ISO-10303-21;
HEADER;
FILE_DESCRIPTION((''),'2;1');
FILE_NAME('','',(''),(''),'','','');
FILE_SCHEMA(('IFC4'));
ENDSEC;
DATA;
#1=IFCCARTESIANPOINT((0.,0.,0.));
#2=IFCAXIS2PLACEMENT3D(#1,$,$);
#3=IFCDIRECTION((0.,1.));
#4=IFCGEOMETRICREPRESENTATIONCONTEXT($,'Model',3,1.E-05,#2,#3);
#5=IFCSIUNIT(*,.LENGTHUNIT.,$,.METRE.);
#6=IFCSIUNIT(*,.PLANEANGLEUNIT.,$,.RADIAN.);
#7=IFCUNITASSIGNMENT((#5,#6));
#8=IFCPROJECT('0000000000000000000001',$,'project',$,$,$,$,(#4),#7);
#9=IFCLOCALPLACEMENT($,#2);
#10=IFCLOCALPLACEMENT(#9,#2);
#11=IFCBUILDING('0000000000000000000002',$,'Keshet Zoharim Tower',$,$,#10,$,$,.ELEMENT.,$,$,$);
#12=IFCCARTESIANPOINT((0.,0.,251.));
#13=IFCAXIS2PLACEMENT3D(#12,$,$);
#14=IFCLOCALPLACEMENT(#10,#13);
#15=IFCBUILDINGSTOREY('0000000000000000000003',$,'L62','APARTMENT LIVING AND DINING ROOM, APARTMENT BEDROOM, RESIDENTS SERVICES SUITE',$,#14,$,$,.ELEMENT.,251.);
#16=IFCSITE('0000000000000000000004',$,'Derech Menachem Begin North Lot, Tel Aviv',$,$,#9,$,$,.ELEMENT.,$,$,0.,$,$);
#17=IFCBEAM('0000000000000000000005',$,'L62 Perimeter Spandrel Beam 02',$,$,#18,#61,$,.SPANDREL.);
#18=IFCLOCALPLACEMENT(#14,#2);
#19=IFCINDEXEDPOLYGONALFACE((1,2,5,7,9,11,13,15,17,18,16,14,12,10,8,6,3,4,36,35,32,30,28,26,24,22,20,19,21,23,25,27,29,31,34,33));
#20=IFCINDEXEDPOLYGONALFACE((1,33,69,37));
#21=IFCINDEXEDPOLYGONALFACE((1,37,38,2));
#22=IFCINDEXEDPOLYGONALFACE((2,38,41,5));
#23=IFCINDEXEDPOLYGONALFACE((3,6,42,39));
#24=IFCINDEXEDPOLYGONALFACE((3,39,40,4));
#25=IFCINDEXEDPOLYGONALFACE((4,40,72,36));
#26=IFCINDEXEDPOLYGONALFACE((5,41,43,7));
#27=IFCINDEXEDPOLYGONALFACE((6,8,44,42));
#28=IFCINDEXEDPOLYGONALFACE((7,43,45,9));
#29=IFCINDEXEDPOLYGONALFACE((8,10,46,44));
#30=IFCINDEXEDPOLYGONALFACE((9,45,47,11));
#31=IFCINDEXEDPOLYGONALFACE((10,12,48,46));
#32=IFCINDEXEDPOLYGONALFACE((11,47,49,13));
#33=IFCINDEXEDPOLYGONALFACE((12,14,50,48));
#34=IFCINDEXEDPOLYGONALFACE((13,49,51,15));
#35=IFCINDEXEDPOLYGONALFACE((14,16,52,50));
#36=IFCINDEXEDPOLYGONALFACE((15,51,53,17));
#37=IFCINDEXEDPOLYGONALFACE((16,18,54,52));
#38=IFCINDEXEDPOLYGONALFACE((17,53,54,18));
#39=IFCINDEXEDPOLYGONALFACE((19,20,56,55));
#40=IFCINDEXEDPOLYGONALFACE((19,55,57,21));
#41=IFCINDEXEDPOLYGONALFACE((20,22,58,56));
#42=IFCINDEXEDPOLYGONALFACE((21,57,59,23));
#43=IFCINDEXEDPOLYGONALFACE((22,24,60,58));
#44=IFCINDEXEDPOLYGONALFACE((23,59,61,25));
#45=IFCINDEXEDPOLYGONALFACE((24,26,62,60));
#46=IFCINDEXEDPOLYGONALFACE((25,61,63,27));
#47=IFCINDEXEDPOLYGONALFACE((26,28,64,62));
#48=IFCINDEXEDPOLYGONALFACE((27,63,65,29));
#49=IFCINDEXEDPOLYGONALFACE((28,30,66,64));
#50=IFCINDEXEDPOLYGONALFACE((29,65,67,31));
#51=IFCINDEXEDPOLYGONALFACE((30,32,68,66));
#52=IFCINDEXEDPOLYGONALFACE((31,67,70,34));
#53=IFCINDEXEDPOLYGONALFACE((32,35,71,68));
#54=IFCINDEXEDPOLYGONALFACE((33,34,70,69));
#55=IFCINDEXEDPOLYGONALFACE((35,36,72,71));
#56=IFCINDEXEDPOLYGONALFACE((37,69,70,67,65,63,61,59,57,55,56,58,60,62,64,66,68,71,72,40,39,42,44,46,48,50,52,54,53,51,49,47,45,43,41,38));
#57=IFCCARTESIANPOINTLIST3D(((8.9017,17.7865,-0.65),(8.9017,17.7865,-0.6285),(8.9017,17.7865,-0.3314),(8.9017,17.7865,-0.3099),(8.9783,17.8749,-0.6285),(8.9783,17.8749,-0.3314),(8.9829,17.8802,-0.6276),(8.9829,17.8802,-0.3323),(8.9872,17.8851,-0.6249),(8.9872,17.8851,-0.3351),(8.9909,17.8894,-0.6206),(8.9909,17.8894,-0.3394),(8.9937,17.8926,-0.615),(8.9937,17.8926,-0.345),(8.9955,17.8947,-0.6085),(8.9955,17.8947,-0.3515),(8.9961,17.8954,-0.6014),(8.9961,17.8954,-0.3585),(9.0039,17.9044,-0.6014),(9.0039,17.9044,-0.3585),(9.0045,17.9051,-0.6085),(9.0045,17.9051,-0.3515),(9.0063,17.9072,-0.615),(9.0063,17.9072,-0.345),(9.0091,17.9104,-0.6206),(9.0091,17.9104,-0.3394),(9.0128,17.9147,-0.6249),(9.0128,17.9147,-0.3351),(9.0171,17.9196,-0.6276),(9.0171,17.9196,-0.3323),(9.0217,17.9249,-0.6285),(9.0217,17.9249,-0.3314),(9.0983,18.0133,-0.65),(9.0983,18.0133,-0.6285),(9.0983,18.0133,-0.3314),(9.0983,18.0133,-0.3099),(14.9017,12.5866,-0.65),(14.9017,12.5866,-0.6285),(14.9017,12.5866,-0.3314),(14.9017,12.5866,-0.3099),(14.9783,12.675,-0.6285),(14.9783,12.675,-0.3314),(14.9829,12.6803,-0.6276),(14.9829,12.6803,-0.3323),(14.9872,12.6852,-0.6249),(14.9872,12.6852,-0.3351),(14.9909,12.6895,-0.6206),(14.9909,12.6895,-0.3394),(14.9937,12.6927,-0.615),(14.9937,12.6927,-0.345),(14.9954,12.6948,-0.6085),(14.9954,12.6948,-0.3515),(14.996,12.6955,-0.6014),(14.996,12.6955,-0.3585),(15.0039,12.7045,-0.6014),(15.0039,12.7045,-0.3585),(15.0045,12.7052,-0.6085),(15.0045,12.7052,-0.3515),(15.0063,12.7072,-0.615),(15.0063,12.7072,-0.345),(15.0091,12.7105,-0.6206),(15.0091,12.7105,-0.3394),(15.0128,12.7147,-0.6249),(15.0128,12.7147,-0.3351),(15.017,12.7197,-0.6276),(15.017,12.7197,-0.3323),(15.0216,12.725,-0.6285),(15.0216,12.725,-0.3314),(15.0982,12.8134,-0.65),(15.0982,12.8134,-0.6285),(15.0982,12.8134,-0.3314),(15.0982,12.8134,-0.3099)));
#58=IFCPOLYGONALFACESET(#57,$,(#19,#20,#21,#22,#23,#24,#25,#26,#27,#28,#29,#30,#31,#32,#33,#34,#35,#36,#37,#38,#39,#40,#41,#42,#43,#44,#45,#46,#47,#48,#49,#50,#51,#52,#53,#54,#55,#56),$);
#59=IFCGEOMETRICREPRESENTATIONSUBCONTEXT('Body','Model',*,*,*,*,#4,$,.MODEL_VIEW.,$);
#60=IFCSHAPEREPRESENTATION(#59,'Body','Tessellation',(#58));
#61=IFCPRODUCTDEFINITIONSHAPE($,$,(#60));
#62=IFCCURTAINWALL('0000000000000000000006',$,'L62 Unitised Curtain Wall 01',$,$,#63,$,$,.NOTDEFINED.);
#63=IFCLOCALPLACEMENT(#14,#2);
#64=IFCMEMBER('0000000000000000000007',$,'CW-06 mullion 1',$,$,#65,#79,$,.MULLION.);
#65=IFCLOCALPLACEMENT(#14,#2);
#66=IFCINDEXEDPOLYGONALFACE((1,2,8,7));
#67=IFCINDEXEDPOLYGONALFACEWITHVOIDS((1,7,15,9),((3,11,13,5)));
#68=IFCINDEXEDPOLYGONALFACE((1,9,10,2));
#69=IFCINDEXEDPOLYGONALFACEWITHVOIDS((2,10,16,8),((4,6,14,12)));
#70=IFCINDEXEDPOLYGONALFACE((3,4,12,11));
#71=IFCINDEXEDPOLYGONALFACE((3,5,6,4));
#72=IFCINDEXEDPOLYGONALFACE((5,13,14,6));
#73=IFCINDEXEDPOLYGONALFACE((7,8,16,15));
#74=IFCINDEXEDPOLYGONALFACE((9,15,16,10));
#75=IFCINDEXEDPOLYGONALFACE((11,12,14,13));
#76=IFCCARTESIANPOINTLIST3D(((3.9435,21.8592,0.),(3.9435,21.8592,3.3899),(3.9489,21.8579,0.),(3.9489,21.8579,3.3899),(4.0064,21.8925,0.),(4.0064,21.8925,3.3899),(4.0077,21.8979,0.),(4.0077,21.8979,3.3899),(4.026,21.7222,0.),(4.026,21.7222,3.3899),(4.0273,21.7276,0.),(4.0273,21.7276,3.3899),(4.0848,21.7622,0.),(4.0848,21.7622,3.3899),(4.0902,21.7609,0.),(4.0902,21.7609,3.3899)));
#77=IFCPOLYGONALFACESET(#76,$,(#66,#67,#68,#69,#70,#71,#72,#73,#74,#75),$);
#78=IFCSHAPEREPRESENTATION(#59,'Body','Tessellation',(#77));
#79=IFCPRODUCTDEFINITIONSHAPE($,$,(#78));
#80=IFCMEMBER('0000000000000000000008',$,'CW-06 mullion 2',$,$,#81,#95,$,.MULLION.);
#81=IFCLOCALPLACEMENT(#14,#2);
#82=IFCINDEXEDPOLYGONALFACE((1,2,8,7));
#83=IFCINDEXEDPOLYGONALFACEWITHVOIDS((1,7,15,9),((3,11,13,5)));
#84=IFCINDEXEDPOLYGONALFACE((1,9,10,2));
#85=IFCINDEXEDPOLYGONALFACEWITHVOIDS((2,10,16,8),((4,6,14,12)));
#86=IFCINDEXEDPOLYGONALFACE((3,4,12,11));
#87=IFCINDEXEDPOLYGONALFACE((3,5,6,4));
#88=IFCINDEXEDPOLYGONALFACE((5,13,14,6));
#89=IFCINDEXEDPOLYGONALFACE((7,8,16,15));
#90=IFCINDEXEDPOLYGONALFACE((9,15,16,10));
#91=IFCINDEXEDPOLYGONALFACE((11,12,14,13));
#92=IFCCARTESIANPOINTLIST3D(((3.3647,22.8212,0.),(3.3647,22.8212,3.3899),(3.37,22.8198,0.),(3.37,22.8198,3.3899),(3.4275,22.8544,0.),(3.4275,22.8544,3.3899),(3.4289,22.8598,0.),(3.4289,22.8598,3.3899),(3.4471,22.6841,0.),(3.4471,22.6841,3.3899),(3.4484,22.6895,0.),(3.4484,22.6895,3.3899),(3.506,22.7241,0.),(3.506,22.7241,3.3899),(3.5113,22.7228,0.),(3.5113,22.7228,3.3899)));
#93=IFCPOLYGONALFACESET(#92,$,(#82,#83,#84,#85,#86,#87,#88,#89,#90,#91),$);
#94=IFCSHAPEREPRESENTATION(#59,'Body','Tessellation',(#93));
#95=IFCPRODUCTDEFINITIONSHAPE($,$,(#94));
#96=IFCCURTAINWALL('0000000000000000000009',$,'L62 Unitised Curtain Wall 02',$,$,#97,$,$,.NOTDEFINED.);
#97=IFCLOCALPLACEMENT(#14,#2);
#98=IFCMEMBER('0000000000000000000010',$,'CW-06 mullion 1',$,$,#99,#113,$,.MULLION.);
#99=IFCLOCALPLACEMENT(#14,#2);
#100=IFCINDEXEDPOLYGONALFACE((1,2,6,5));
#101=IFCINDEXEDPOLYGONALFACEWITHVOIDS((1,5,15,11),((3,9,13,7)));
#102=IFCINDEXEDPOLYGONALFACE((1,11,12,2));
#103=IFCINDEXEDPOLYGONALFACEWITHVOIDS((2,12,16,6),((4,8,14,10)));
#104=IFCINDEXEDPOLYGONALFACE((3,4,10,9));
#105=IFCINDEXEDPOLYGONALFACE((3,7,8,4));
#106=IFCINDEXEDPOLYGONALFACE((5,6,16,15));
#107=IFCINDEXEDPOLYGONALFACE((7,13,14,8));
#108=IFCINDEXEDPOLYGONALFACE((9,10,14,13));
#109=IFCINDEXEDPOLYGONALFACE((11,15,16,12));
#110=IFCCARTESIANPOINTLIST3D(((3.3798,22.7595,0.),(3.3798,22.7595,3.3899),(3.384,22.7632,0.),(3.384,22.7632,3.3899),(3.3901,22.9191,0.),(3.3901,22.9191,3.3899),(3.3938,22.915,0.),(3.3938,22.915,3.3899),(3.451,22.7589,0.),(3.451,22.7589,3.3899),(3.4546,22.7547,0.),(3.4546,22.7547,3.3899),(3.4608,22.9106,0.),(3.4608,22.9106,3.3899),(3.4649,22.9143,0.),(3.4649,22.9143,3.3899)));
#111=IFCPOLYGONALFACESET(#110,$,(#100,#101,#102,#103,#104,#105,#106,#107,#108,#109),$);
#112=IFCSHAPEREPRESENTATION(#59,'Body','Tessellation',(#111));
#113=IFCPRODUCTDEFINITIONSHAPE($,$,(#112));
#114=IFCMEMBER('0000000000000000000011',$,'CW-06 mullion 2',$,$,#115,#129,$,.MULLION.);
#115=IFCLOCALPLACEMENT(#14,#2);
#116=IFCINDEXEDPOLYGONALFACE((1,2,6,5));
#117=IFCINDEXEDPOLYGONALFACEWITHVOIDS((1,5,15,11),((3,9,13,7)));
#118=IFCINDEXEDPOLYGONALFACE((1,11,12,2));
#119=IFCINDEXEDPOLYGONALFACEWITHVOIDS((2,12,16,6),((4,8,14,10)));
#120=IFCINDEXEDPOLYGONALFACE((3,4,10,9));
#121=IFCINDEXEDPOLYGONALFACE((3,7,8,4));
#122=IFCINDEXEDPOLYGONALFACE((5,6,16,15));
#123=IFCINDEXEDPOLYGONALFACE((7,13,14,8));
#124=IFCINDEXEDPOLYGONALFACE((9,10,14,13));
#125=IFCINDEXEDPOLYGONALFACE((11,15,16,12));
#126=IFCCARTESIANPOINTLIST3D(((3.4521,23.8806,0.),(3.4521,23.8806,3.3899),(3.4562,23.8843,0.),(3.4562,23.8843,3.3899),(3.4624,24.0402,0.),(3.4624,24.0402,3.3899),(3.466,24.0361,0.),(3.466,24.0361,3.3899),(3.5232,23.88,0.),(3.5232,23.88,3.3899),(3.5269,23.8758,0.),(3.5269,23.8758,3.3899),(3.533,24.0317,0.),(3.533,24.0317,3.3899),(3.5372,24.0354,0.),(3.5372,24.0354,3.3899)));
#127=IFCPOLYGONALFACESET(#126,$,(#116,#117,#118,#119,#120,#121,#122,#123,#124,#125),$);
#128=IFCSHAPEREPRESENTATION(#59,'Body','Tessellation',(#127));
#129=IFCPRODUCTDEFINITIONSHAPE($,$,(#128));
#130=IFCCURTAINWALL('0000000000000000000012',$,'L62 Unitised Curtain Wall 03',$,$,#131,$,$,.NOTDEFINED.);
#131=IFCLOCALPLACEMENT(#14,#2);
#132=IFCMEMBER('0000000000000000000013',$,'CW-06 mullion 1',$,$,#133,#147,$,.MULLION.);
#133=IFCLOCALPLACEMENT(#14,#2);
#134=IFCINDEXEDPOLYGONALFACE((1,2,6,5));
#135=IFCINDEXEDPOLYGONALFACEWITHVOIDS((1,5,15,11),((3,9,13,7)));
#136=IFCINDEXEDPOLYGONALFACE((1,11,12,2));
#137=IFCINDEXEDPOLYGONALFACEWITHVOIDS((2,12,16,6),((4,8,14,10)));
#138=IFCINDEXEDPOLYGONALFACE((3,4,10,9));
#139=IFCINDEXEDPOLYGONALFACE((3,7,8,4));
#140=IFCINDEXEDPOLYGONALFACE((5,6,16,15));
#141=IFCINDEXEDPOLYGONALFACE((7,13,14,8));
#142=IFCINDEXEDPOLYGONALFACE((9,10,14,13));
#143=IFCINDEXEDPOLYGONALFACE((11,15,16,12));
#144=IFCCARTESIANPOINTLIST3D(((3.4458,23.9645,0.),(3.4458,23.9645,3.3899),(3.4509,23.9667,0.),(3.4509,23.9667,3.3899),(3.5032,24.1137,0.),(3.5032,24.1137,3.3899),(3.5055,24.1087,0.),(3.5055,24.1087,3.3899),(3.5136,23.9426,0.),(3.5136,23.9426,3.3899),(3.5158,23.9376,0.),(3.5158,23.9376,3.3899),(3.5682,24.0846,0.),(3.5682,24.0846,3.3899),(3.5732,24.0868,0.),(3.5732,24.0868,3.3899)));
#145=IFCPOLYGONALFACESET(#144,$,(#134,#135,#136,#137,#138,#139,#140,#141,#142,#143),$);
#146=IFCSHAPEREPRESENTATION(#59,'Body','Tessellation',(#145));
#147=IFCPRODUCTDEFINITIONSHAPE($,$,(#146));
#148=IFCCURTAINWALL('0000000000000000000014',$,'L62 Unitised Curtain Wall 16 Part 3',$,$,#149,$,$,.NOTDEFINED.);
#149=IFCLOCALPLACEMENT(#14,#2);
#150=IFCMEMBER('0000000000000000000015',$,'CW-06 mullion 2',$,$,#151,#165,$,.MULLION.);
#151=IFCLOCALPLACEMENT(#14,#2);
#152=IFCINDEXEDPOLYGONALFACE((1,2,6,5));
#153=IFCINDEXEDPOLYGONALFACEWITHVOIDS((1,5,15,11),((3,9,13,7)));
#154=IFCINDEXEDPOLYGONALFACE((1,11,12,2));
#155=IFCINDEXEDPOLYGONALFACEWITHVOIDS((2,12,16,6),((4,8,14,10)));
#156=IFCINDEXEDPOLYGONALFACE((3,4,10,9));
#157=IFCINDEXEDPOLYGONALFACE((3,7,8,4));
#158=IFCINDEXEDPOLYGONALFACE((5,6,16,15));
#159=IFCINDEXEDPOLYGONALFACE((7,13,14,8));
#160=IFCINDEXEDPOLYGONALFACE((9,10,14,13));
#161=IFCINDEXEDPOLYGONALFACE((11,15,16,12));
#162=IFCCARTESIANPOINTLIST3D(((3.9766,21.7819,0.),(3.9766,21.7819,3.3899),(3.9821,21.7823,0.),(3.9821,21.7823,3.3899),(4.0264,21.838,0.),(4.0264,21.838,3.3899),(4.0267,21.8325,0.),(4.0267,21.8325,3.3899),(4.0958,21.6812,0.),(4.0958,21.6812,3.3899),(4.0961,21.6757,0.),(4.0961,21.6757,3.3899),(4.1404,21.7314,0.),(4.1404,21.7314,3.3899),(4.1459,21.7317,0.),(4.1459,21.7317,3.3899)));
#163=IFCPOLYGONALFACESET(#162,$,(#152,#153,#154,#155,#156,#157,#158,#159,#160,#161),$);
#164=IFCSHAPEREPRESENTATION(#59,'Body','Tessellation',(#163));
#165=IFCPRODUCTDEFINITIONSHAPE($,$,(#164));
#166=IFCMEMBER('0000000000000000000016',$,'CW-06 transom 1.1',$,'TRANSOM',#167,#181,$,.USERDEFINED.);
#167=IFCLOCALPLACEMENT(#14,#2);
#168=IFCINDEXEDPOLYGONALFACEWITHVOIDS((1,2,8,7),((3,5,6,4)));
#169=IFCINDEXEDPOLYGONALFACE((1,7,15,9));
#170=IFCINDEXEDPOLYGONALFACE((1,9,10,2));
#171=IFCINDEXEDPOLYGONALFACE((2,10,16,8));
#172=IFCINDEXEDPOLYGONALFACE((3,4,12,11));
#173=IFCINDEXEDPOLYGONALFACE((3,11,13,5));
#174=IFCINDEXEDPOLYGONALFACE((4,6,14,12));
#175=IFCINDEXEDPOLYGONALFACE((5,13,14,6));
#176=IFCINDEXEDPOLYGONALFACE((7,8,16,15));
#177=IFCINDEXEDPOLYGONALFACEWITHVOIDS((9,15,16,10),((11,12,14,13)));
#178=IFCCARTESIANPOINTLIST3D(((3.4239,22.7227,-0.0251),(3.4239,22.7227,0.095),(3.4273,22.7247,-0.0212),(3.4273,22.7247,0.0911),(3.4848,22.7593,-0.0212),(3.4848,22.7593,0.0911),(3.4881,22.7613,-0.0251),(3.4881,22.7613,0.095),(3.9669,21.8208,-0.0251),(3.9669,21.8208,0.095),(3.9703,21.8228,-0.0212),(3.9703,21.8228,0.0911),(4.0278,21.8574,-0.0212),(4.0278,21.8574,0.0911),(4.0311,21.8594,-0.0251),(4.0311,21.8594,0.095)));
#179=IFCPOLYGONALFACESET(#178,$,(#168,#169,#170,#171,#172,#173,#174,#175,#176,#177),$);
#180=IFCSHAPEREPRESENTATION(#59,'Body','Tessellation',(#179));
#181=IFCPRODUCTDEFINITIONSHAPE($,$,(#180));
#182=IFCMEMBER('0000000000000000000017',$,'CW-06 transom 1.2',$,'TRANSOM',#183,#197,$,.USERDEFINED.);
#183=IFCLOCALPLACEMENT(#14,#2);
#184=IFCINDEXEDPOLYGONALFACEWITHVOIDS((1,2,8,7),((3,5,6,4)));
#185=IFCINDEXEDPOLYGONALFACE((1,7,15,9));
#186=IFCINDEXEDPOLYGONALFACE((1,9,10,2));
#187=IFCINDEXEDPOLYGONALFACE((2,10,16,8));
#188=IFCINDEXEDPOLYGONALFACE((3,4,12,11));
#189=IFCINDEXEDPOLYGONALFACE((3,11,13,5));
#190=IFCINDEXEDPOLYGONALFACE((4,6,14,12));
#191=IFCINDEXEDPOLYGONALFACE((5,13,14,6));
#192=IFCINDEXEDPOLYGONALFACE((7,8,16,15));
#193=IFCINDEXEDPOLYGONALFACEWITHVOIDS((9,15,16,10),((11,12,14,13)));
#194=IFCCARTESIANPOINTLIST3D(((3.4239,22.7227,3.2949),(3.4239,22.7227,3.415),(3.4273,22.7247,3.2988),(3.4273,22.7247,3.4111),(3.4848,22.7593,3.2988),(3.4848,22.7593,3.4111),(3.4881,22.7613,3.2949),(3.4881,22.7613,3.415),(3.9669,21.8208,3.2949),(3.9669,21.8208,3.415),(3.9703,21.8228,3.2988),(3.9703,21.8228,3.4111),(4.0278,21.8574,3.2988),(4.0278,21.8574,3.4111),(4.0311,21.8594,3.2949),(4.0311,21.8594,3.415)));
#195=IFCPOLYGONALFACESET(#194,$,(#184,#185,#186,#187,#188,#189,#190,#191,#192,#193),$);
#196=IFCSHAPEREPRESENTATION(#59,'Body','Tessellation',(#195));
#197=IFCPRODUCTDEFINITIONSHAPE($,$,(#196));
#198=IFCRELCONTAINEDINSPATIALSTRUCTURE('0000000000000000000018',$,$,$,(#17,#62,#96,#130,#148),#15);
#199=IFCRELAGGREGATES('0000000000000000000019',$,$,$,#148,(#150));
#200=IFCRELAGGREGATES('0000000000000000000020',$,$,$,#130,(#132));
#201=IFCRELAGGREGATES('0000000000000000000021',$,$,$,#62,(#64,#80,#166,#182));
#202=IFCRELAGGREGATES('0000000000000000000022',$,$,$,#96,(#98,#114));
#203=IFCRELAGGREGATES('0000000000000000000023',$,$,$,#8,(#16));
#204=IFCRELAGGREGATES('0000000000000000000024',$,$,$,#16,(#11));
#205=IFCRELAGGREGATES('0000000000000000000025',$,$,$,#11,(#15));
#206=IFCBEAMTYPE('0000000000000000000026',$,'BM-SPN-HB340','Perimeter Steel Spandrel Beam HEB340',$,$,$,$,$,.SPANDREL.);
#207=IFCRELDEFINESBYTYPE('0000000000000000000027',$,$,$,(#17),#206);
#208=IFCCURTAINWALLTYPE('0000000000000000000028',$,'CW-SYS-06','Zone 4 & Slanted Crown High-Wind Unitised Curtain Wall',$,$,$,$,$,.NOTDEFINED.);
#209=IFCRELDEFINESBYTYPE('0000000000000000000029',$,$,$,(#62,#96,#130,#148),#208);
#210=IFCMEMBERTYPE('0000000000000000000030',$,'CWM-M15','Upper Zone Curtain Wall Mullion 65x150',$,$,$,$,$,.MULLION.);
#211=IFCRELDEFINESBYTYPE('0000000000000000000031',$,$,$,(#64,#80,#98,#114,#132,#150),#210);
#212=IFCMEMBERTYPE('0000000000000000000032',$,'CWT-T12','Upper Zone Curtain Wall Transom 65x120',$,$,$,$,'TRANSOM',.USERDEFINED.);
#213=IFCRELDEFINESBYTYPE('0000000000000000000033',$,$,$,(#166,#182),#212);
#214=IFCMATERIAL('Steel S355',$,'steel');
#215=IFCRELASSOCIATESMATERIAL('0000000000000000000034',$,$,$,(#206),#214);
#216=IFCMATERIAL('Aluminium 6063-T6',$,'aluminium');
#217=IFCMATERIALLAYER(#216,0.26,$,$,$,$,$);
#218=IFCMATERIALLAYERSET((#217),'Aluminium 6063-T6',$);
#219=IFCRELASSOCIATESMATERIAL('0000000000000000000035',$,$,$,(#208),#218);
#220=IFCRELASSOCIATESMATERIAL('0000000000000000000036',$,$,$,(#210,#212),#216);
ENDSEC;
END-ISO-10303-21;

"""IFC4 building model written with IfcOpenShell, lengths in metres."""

from ifc_helpers import new_model, si_unit, direction, frame, origin, origin_2d, place, context, subcontext, project, spatial, hollow_rectangle, i_section, extrude, material, layer, layer_set, material_profile, profile_set, type_object, element, aggregate, save


model = new_model("IFC4")

# Units and contexts
model_context = context("Model", 3, precision=1e-05, world=origin(), true_north=direction((0.0, 1.0)))
body_context = subcontext(model_context, "Body", "Model", "MODEL_VIEW")
ifc_project = project(units=[si_unit("LENGTHUNIT", "METRE"), si_unit("PLANEANGLEUNIT", "RADIAN")], contexts=[model_context])

# Site, building, storey
site_placement = place(None, origin())
site = spatial("IfcSite", under=ifc_project, at=site_placement, Name="Derech Menachem Begin North Lot, Tel Aviv", CompositionType="ELEMENT", RefElevation=0.0)
building_placement = place(site_placement, origin())
building = spatial("IfcBuilding", under=site, at=building_placement, Name="Keshet Zoharim Tower", CompositionType="ELEMENT")
storey_placement = place(building_placement, frame((0.0, 0.0, 251.0)))
storey = spatial("IfcBuildingStorey", under=building, at=storey_placement, Name="L62", Description="APARTMENT LIVING AND DINING ROOM, APARTMENT BEDROOM, RESIDENTS SERVICES SUITE", CompositionType="ELEMENT", Elevation=251.0)

# Beam
ifc_material_1 = material(Name="Steel S355", Category="steel")
ifc_material_profile_1 = material_profile(ifc_material_1, i_section(OverallWidth=0.3, OverallDepth=0.3401, WebThickness=0.012, FlangeThickness=0.0215, FilletRadius=0.0271, at=origin_2d()), Name="HEB340")
ifc_profile_set_1 = profile_set([ifc_material_profile_1], Name="Steel S355")
beam_type = type_object("IfcBeamType", Name="BM-SPN-HB340", Description="Perimeter Steel Spandrel Beam HEB340", PredefinedType="SPANDREL", material=ifc_profile_set_1)
beam_placement = place(storey_placement, frame((9.0, 17.8999, -0.48), z_axis=(0.755692, -0.654927, 0.0), x_axis=(0.654927, 0.755692, 0.0)))
element("IfcBeam", 1, at=beam_placement, inside=storey, type_object=beam_type, Name="L62 Perimeter Spandrel Beam 02", PredefinedType="SPANDREL", context=body_context, shape_type="SweptSolid", body=[
    extrude(i_section(OverallWidth=0.3, OverallDepth=0.3401, WebThickness=0.012, FlangeThickness=0.0215, FilletRadius=0.0271, at=origin_2d()), origin(), (0.0, 0.0, 1.0), 7.9397),
])

# Curtain walls, members
ifc_material_2 = material(Name="Aluminium 6063-T6", Category="aluminium")
ifc_layer_1 = layer(ifc_material_2, 0.26)
ifc_layer_set_1 = layer_set([ifc_layer_1], Name="Aluminium 6063-T6")
curtain_wall_type = type_object("IfcCurtainWallType", Name="CW-SYS-06", Description="Zone 4 & Slanted Crown High-Wind Unitised Curtain Wall", PredefinedType="NOTDEFINED", material=ifc_layer_set_1)
curtain_wall_1_placement = place(storey_placement, origin())
curtain_wall_1 = element("IfcCurtainWall", 2, at=curtain_wall_1_placement, inside=storey, type_object=curtain_wall_type, Name="L62 Unitised Curtain Wall 01", PredefinedType="NOTDEFINED")
ifc_material_profile_2 = material_profile(ifc_material_2, hollow_rectangle(XDim=0.075, YDim=0.1599, WallThickness=0.0039, at=origin_2d()), Name="MUL-75x160")
ifc_profile_set_2 = profile_set([ifc_material_profile_2], Name="Aluminium 6063-T6")
member_type_1 = type_object("IfcMemberType", Name="CWM-M15", Description="Upper Zone Curtain Wall Mullion 65x150", PredefinedType="MULLION", material=ifc_profile_set_2)
member_1_placement = place(storey_placement, frame((4.0168, 21.8101, 0.0), z_axis=(0.0, 0.0, 1.0), x_axis=(-0.856826, -0.515605, 0.0)))
member_1 = element("IfcMember", 3, at=member_1_placement, type_object=member_type_1, Name="CW-06 mullion 1", PredefinedType="MULLION", context=body_context, shape_type="SweptSolid", body=[
    extrude(hollow_rectangle(XDim=0.075, YDim=0.1599, WallThickness=0.0039, at=origin_2d()), origin(), (0.0, 0.0, 1.0), 3.3899),
])
member_2_placement = place(storey_placement, frame((3.438, 22.772, 0.0), z_axis=(0.0, 0.0, 1.0), x_axis=(-0.856826, -0.515605, 0.0)))
member_2 = element("IfcMember", 4, at=member_2_placement, type_object=member_type_1, Name="CW-06 mullion 2", PredefinedType="MULLION", context=body_context, shape_type="SweptSolid", body=[
    extrude(hollow_rectangle(XDim=0.075, YDim=0.1599, WallThickness=0.0039, at=origin_2d()), origin(), (0.0, 0.0, 1.0), 3.3899),
])
curtain_wall_2_placement = place(storey_placement, origin())
curtain_wall_2 = element("IfcCurtainWall", 5, at=curtain_wall_2_placement, inside=storey, type_object=curtain_wall_type, Name="L62 Unitised Curtain Wall 02", PredefinedType="NOTDEFINED")
member_3_placement = place(storey_placement, frame((3.4224, 22.8369, 0.0), z_axis=(0.0, 0.0, 1.0), x_axis=(-0.997917, 0.064517, 0.0)))
member_3 = element("IfcMember", 6, at=member_3_placement, type_object=member_type_1, Name="CW-06 mullion 1", PredefinedType="MULLION", context=body_context, shape_type="SweptSolid", body=[
    extrude(hollow_rectangle(XDim=0.075, YDim=0.1599, WallThickness=0.0039, at=origin_2d()), origin(), (0.0, 0.0, 1.0), 3.3899),
])
member_4_placement = place(storey_placement, frame((3.4946, 23.958, 0.0), z_axis=(0.0, 0.0, 1.0), x_axis=(-0.997917, 0.064517, 0.0)))
member_4 = element("IfcMember", 7, at=member_4_placement, type_object=member_type_1, Name="CW-06 mullion 2", PredefinedType="MULLION", context=body_context, shape_type="SweptSolid", body=[
    extrude(hollow_rectangle(XDim=0.075, YDim=0.1599, WallThickness=0.0039, at=origin_2d()), origin(), (0.0, 0.0, 1.0), 3.3899),
])

# Curtain walls, members
curtain_wall_3_placement = place(storey_placement, origin())
curtain_wall_3 = element("IfcCurtainWall", 8, at=curtain_wall_3_placement, inside=storey, type_object=curtain_wall_type, Name="L62 Unitised Curtain Wall 03", PredefinedType="NOTDEFINED")
member_5_placement = place(storey_placement, frame((3.5095, 24.0256, 0.0), z_axis=(0.0, 0.0, 1.0), x_axis=(-0.933341, 0.35899, 0.0)))
member_5 = element("IfcMember", 9, at=member_5_placement, type_object=member_type_1, Name="CW-06 mullion 1", PredefinedType="MULLION", context=body_context, shape_type="SweptSolid", body=[
    extrude(hollow_rectangle(XDim=0.075, YDim=0.1599, WallThickness=0.0039, at=origin_2d()), origin(), (0.0, 0.0, 1.0), 3.3899),
])
curtain_wall_4_placement = place(storey_placement, origin())
curtain_wall_4 = element("IfcCurtainWall", 10, at=curtain_wall_4_placement, inside=storey, type_object=curtain_wall_type, Name="L62 Unitised Curtain Wall 16 Part 3", PredefinedType="NOTDEFINED")
member_6_placement = place(storey_placement, frame((4.0613, 21.7568, 0.0), z_axis=(0.0, 0.0, 1.0), x_axis=(-0.664364, -0.747409, 0.0)))
member_6 = element("IfcMember", 11, at=member_6_placement, type_object=member_type_1, Name="CW-06 mullion 2", PredefinedType="MULLION", context=body_context, shape_type="SweptSolid", body=[
    extrude(hollow_rectangle(XDim=0.075, YDim=0.1599, WallThickness=0.0039, at=origin_2d()), origin(), (0.0, 0.0, 1.0), 3.3899),
])
aggregate(curtain_wall_4, [member_6])

# Members
ifc_material_profile_3 = material_profile(ifc_material_2, hollow_rectangle(XDim=0.075, YDim=0.1201, WallThickness=0.0039, at=origin_2d()), Name="TRN-75x120")
ifc_profile_set_3 = profile_set([ifc_material_profile_3], Name="Aluminium 6063-T6")
member_type_2 = type_object("IfcMemberType", Name="CWT-T12", Description="Upper Zone Curtain Wall Transom 65x120", ElementType="TRANSOM", PredefinedType="USERDEFINED", material=ifc_profile_set_3)
member_7_placement = place(storey_placement, frame((3.999, 21.8401, 0.0349), z_axis=(-0.515791, 0.856714, 0.0), x_axis=(-0.856714, -0.515791, 0.0)))
member_7 = element("IfcMember", 12, at=member_7_placement, type_object=member_type_2, Name="CW-06 transom 1.1", ObjectType="TRANSOM", PredefinedType="USERDEFINED", context=body_context, shape_type="SweptSolid", body=[
    extrude(hollow_rectangle(XDim=0.075, YDim=0.1201, WallThickness=0.0039, at=origin_2d()), origin(), (0.0, 0.0, 1.0), 1.0527),
])
member_8_placement = place(storey_placement, frame((3.999, 21.8401, 3.355), z_axis=(-0.515791, 0.856714, 0.0), x_axis=(-0.856714, -0.515791, 0.0)))
member_8 = element("IfcMember", 13, at=member_8_placement, type_object=member_type_2, Name="CW-06 transom 1.2", ObjectType="TRANSOM", PredefinedType="USERDEFINED", context=body_context, shape_type="SweptSolid", body=[
    extrude(hollow_rectangle(XDim=0.075, YDim=0.1201, WallThickness=0.0039, at=origin_2d()), origin(), (0.0, 0.0, 1.0), 1.0527),
])
aggregate(curtain_wall_3, [member_5])

aggregate(curtain_wall_1, [member_1, member_2, member_7, member_8])
aggregate(curtain_wall_2, [member_3, member_4])

save(model, "model.ifc")
